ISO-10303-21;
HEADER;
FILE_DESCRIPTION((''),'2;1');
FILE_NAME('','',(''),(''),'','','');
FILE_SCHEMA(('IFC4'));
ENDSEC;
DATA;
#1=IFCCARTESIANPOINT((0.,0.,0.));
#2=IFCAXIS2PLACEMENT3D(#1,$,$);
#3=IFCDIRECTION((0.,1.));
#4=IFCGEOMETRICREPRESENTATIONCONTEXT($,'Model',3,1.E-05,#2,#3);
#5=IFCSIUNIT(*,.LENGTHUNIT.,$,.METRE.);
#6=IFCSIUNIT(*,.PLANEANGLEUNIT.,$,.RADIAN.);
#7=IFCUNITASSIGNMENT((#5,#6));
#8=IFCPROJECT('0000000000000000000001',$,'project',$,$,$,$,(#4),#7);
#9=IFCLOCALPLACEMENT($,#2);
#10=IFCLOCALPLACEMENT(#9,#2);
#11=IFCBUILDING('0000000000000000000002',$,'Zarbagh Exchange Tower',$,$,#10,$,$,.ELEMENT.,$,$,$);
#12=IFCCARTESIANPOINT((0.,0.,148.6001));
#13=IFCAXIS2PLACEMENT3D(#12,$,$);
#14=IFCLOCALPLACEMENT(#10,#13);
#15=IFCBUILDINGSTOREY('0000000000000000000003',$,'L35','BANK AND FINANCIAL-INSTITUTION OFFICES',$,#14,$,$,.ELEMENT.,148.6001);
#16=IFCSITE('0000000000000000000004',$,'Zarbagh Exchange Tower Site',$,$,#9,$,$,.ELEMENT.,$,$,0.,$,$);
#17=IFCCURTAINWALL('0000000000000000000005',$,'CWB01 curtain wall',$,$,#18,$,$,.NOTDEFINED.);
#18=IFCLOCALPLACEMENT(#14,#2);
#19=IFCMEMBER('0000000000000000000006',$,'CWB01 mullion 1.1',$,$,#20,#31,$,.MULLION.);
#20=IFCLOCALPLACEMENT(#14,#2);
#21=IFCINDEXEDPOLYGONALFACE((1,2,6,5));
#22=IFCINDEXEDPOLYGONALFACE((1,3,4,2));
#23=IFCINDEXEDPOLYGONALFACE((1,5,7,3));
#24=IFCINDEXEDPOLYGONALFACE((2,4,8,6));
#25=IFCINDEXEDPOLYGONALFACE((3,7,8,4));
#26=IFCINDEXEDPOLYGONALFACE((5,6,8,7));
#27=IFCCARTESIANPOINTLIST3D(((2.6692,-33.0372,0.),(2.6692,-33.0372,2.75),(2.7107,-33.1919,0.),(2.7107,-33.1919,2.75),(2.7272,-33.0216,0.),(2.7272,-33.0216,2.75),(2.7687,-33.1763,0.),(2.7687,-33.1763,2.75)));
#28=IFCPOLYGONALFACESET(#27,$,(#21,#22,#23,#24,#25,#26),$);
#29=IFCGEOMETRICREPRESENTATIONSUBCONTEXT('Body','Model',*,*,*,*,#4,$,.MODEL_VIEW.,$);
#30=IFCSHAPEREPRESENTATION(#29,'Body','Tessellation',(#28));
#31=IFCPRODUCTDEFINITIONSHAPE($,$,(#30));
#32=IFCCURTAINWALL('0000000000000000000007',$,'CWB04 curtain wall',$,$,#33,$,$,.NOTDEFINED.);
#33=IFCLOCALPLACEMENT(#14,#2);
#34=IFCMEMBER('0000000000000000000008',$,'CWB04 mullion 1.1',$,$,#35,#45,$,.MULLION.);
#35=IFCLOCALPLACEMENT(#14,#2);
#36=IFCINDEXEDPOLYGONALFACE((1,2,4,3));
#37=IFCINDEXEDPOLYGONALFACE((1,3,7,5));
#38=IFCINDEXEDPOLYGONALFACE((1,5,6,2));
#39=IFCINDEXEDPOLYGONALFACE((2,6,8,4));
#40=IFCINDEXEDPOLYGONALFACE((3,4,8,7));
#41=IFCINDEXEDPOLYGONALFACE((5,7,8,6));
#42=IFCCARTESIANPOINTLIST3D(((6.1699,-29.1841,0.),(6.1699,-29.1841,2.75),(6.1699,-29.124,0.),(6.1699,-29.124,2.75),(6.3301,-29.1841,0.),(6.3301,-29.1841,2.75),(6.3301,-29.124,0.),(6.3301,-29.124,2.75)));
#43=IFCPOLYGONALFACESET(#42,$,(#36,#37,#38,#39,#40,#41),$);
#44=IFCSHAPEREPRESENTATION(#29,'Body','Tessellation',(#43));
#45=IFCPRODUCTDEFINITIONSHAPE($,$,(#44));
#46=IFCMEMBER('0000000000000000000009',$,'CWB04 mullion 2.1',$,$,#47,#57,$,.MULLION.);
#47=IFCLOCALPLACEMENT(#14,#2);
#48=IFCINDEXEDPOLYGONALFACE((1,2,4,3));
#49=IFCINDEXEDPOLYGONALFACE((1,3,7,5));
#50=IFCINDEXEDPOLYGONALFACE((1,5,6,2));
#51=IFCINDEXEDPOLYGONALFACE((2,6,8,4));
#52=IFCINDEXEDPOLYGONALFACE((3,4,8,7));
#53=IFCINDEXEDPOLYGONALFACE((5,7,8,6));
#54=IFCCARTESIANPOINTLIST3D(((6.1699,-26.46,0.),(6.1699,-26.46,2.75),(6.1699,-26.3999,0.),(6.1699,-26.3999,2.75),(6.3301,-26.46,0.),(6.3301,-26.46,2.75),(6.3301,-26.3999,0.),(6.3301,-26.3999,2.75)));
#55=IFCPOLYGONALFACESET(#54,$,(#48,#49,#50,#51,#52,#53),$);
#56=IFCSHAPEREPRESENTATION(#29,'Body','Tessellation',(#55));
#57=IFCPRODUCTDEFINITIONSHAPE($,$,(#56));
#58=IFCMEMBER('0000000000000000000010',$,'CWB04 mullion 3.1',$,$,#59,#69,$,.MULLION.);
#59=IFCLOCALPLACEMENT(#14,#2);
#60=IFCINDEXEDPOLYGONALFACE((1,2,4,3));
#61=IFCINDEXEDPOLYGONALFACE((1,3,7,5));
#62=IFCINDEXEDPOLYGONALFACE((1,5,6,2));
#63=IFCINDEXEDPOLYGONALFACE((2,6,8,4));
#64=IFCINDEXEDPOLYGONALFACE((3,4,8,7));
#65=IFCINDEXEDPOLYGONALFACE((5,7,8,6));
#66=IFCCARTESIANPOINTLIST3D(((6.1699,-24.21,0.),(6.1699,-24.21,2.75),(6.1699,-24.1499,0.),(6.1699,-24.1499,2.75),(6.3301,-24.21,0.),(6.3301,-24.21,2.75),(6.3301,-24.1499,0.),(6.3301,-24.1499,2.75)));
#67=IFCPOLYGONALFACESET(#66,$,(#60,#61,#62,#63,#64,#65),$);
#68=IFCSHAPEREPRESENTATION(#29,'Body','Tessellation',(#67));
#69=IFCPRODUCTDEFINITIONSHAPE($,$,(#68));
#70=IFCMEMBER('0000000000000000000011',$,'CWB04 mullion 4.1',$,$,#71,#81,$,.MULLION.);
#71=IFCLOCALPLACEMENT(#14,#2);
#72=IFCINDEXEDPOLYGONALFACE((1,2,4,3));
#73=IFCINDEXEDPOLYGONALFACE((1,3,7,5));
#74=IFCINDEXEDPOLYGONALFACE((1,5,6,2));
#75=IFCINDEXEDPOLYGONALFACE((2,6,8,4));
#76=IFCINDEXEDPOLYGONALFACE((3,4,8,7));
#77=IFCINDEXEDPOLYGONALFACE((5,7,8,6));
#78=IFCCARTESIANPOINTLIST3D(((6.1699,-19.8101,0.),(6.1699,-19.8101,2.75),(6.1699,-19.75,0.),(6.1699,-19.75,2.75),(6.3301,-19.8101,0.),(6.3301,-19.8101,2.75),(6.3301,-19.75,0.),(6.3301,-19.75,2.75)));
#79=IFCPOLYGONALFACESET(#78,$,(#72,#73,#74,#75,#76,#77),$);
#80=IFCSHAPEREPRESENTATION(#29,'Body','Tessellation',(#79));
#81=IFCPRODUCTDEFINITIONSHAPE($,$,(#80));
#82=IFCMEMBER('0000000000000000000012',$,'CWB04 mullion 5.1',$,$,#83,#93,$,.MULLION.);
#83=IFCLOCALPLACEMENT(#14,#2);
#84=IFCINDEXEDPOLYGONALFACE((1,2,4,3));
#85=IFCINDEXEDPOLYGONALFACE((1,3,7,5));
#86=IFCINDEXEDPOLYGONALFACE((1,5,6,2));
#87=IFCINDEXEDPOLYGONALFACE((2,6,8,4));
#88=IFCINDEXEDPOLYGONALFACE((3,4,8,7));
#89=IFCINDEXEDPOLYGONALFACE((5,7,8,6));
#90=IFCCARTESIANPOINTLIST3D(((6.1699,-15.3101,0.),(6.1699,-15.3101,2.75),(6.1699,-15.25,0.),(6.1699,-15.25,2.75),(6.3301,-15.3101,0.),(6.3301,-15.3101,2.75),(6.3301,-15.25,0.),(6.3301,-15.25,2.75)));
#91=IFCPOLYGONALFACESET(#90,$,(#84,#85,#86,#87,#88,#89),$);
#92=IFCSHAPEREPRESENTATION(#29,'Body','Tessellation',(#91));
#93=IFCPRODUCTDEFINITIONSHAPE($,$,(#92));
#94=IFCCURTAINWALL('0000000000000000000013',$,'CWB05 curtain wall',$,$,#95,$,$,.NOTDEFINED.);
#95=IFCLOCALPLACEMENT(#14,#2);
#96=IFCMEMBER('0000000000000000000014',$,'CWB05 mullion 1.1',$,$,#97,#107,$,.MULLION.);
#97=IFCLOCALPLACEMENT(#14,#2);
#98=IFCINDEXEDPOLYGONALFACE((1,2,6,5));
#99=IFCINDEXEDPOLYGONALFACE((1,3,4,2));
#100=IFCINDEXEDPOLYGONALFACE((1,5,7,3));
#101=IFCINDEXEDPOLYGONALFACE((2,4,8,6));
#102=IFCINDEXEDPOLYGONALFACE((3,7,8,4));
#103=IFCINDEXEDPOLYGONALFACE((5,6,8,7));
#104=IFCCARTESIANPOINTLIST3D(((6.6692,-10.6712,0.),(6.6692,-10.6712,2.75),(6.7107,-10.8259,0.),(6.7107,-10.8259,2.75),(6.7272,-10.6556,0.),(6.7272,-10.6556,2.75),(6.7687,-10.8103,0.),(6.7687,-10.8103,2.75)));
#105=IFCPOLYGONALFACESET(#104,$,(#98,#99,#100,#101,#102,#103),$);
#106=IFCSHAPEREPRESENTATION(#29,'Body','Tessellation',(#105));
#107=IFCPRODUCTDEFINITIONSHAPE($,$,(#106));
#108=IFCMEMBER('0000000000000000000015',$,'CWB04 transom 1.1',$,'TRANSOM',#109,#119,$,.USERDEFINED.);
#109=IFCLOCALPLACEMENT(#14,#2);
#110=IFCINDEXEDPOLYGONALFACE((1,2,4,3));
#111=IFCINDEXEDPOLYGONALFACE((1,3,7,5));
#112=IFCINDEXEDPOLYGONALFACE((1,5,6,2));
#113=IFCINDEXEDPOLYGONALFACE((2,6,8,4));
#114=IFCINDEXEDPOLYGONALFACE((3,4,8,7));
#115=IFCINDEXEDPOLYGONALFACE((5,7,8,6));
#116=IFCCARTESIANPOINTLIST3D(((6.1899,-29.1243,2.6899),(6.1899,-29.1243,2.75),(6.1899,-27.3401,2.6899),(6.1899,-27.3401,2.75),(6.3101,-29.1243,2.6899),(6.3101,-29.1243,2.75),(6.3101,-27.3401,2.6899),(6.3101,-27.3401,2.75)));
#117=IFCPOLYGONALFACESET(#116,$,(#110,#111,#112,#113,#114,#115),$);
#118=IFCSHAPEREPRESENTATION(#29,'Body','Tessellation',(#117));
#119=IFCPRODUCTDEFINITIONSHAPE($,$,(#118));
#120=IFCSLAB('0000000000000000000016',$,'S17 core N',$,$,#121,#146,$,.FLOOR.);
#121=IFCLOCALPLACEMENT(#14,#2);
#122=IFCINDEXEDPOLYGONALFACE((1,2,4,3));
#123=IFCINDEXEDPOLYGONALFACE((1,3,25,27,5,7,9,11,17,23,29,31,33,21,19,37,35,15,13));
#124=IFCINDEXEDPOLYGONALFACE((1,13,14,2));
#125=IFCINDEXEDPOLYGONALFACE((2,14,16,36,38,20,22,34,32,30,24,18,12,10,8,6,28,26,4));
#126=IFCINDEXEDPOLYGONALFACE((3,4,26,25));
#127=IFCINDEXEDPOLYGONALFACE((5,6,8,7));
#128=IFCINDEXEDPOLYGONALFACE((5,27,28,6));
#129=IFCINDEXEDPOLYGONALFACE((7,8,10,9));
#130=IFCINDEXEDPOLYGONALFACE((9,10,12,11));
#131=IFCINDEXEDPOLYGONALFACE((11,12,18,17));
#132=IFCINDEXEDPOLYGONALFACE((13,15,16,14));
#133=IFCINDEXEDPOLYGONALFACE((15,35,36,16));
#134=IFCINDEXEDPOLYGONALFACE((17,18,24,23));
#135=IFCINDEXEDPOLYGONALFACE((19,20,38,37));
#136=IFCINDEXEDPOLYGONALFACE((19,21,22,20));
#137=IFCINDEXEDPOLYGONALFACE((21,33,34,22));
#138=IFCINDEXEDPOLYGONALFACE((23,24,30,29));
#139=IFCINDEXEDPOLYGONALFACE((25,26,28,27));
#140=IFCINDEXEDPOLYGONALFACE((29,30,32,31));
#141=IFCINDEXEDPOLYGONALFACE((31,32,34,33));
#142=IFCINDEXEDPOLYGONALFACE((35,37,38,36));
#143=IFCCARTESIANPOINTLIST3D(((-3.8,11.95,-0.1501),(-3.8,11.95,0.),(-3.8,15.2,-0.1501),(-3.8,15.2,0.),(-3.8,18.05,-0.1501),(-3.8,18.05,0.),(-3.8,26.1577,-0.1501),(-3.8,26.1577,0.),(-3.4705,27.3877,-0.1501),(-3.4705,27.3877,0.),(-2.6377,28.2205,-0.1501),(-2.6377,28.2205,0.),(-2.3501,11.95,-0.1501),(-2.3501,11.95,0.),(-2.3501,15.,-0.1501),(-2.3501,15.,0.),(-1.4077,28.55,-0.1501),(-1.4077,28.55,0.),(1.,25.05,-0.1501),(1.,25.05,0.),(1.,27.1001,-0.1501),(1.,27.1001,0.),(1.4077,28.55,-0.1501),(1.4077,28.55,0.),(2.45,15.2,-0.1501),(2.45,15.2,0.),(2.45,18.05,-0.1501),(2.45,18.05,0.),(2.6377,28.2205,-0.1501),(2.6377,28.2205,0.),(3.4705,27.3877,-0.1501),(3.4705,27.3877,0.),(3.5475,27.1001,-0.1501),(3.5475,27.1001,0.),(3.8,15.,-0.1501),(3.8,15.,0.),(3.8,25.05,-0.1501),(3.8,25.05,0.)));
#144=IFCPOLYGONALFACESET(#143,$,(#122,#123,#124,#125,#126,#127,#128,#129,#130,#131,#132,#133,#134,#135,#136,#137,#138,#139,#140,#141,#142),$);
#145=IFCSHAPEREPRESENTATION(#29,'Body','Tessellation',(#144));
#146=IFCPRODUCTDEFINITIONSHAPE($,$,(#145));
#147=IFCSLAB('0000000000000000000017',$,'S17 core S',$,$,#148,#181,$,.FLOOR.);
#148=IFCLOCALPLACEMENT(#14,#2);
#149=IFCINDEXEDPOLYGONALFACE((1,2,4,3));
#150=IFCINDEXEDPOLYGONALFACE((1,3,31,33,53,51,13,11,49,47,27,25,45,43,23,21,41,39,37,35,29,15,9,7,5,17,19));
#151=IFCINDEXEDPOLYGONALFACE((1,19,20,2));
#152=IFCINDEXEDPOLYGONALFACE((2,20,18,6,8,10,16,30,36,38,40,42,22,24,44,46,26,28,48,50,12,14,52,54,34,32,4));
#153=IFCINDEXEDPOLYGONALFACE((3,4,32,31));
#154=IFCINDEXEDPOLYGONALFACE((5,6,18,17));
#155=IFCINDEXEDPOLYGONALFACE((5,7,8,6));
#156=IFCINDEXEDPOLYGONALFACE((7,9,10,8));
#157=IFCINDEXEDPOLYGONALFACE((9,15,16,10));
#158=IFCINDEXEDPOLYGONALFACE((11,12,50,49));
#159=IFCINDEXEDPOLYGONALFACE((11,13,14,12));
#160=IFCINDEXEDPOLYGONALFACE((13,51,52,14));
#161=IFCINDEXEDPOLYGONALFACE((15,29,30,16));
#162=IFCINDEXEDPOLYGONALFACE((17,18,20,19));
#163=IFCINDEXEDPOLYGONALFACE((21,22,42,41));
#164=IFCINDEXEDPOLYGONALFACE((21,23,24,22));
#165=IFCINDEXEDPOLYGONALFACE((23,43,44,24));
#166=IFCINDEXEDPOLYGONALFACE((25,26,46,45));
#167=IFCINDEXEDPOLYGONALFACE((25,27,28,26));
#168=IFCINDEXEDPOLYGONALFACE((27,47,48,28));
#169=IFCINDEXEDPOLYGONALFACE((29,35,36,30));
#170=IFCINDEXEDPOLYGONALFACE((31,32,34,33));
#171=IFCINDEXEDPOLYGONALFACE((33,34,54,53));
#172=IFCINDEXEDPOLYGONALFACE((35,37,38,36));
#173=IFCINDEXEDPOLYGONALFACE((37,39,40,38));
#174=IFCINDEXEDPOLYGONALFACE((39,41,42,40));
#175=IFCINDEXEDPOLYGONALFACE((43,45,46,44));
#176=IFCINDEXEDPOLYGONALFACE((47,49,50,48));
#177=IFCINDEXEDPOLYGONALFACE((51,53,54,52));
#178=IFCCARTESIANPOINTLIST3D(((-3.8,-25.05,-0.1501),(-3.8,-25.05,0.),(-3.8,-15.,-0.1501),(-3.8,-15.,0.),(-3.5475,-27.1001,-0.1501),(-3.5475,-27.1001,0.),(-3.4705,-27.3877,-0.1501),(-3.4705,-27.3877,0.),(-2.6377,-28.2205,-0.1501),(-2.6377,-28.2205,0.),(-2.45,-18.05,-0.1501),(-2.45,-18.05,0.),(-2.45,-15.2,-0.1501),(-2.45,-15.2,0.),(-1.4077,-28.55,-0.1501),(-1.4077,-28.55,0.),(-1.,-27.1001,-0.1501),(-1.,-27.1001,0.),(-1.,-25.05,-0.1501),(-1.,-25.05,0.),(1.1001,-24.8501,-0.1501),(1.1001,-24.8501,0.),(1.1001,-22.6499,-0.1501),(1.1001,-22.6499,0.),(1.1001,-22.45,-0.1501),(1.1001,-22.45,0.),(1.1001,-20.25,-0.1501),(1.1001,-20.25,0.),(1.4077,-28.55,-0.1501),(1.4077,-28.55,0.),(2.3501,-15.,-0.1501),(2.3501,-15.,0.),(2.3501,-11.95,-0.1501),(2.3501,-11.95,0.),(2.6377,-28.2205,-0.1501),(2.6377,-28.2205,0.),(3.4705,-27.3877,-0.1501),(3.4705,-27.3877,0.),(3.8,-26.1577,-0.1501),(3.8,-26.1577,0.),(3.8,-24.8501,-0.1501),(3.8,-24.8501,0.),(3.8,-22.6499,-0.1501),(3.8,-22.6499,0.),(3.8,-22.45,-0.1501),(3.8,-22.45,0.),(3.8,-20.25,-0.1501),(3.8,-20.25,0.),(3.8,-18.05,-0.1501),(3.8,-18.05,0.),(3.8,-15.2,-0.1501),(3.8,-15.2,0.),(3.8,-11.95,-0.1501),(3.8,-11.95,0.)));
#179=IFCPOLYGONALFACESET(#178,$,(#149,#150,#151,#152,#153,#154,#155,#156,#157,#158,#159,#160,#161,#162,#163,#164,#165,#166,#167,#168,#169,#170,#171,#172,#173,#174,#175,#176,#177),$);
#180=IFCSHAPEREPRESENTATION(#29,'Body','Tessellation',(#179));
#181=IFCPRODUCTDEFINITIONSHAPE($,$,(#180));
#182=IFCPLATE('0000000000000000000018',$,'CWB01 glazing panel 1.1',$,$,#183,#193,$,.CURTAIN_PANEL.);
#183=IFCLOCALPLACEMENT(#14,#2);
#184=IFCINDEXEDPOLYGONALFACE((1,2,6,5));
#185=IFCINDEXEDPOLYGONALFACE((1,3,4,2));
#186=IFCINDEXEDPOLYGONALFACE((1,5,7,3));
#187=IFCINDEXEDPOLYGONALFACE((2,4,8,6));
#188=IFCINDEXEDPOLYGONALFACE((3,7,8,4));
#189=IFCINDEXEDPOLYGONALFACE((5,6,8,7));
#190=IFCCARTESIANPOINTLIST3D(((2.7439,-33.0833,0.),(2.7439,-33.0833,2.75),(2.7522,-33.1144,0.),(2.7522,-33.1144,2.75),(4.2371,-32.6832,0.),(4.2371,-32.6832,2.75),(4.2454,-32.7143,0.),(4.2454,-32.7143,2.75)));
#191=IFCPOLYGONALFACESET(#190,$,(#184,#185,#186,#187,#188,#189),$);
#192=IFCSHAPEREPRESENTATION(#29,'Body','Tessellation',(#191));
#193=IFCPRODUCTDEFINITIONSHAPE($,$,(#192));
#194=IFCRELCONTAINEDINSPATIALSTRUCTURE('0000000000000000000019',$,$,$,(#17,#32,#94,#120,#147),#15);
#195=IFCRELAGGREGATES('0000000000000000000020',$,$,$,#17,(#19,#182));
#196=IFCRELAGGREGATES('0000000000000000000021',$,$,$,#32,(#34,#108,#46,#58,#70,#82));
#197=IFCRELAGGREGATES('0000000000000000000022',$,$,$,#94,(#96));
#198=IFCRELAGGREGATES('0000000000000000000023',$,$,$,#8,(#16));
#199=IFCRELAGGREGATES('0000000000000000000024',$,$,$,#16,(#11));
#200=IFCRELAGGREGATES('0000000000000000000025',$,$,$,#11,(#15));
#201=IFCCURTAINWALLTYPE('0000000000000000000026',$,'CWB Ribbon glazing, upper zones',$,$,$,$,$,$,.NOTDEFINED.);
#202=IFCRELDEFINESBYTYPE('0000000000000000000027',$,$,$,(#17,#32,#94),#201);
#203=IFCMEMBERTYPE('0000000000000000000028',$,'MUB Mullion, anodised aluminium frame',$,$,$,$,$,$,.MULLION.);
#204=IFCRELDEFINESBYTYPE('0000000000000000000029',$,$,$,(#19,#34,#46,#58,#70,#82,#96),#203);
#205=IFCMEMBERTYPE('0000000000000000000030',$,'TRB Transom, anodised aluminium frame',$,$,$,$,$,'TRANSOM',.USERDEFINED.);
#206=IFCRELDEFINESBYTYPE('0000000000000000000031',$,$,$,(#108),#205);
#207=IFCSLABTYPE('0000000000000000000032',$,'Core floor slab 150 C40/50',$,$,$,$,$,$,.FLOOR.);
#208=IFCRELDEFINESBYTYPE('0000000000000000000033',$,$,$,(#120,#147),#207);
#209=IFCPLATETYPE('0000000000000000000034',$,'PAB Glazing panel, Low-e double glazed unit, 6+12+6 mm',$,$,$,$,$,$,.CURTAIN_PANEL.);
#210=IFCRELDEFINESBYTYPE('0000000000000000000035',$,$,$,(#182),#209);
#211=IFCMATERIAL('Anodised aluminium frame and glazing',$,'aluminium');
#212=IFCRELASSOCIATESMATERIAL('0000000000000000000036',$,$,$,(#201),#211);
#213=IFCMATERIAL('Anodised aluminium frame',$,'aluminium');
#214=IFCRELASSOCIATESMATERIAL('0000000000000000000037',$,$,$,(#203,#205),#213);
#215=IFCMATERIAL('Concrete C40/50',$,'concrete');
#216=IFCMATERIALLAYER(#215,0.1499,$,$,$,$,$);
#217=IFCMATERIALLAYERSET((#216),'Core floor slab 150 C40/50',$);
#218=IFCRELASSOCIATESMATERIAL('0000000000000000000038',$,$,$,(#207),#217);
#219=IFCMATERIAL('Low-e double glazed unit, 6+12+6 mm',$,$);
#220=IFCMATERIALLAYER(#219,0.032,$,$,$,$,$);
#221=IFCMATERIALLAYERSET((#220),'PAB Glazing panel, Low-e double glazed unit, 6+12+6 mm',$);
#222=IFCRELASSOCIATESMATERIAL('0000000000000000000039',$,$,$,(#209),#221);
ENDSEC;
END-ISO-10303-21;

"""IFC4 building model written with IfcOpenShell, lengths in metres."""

from ifc_helpers import new_model, si_unit, direction, frame, origin, place, context, subcontext, project, spatial, polyline, outline, extrude, source, transform, mapped, material, layer, layer_set, type_object, element, aggregate, save


model = new_model("IFC4")

# Units and contexts
model_context = context("Model", 3, precision=1e-05, world=origin(), true_north=direction((0.0, 1.0)))
body_context = subcontext(model_context, "Body", "Model", "MODEL_VIEW")
ifc_project = project(units=[si_unit("LENGTHUNIT", "METRE"), si_unit("PLANEANGLEUNIT", "RADIAN")], contexts=[model_context])

# Site, building, storey
site_placement = place(None, origin())
site = spatial("IfcSite", under=ifc_project, at=site_placement, Name="Zarbagh Exchange Tower Site", CompositionType="ELEMENT", RefElevation=0.0)
building_placement = place(site_placement, origin())
building = spatial("IfcBuilding", under=site, at=building_placement, Name="Zarbagh Exchange Tower", CompositionType="ELEMENT")
storey_placement = place(building_placement, frame((0.0, 0.0, 148.6001)))
storey = spatial("IfcBuildingStorey", under=building, at=storey_placement, Name="L35", Description="BANK AND FINANCIAL-INSTITUTION OFFICES", CompositionType="ELEMENT", Elevation=148.6001)

# Curtain wall, member
ifc_material_1 = material(Name="Anodised aluminium frame and glazing", Category="aluminium")
curtain_wall_type = type_object("IfcCurtainWallType", Name="CWB Ribbon glazing, upper zones", PredefinedType="NOTDEFINED", material=ifc_material_1)
curtain_wall_1_placement = place(storey_placement, origin())
curtain_wall_1 = element("IfcCurtainWall", 1, at=curtain_wall_1_placement, inside=storey, type_object=curtain_wall_type, Name="CWB01 curtain wall", PredefinedType="NOTDEFINED")
ifc_material_2 = material(Name="Anodised aluminium frame", Category="aluminium")
member_type_1 = type_object("IfcMemberType", Name="MUB Mullion, anodised aluminium frame", PredefinedType="MULLION", material=ifc_material_2)
shared_shape_1 = source(origin(), body_context, "Body", "SweptSolid", [
    extrude(outline(polyline([(0.0, -0.0801), (0.0601, -0.0801), (0.0601, 0.0801), (0.0, 0.0801), (0.0, -0.0801)])), origin(), (0.0, 0.0, 1.0), 2.75),
])
placement = place(storey_placement, origin())
member_1 = element("IfcMember", 2, at=placement, type_object=member_type_1, Name="CWB01 mullion 1.1", PredefinedType="MULLION", context=body_context, shape_type="MappedRepresentation", body=[
    mapped(shared_shape_1, transform((2.6899, -33.1145, 0.0), x_axis=(0.965924, 0.258825, 0.0), y_axis=(-0.258825, 0.965924, 0.0), z_axis=(0.0, 0.0, 1.0))),
])

# Curtain wall, members
curtain_wall_2_placement = place(storey_placement, origin())
curtain_wall_2 = element("IfcCurtainWall", 3, at=curtain_wall_2_placement, inside=storey, type_object=curtain_wall_type, Name="CWB04 curtain wall", PredefinedType="NOTDEFINED")
member_2 = element("IfcMember", 4, at=placement, type_object=member_type_1, Name="CWB04 mullion 1.1", PredefinedType="MULLION", context=body_context, shape_type="MappedRepresentation", body=[
    mapped(shared_shape_1, transform((6.25, -29.1841, 0.0), x_axis=(0.0, 1.0, 0.0), y_axis=(-1.0, 0.0, 0.0), z_axis=(0.0, 0.0, 1.0))),
])
member_3 = element("IfcMember", 5, at=placement, type_object=member_type_1, Name="CWB04 mullion 2.1", PredefinedType="MULLION", context=body_context, shape_type="MappedRepresentation", body=[
    mapped(shared_shape_1, transform((6.25, -26.46, 0.0), x_axis=(0.0, 1.0, 0.0), y_axis=(-1.0, 0.0, 0.0), z_axis=(0.0, 0.0, 1.0))),
])
member_4 = element("IfcMember", 6, at=placement, type_object=member_type_1, Name="CWB04 mullion 3.1", PredefinedType="MULLION", context=body_context, shape_type="MappedRepresentation", body=[
    mapped(shared_shape_1, transform((6.25, -24.21, 0.0), x_axis=(0.0, 1.0, 0.0), y_axis=(-1.0, 0.0, 0.0), z_axis=(0.0, 0.0, 1.0))),
])
member_5 = element("IfcMember", 7, at=placement, type_object=member_type_1, Name="CWB04 mullion 4.1", PredefinedType="MULLION", context=body_context, shape_type="MappedRepresentation", body=[
    mapped(shared_shape_1, transform((6.25, -19.8101, 0.0), x_axis=(0.0, 1.0, 0.0), y_axis=(-1.0, 0.0, 0.0), z_axis=(0.0, 0.0, 1.0))),
])
member_6 = element("IfcMember", 8, at=placement, type_object=member_type_1, Name="CWB04 mullion 5.1", PredefinedType="MULLION", context=body_context, shape_type="MappedRepresentation", body=[
    mapped(shared_shape_1, transform((6.25, -15.3101, 0.0), x_axis=(0.0, 1.0, 0.0), y_axis=(-1.0, 0.0, 0.0), z_axis=(0.0, 0.0, 1.0))),
])

# Curtain wall, member
curtain_wall_3_placement = place(storey_placement, origin())
curtain_wall_3 = element("IfcCurtainWall", 9, at=curtain_wall_3_placement, inside=storey, type_object=curtain_wall_type, Name="CWB05 curtain wall", PredefinedType="NOTDEFINED")
member_7 = element("IfcMember", 10, at=placement, type_object=member_type_1, Name="CWB05 mullion 1.1", PredefinedType="MULLION", context=body_context, shape_type="MappedRepresentation", body=[
    mapped(shared_shape_1, transform((6.6899, -10.7485, 0.0), x_axis=(0.965924, 0.258825, 0.0), y_axis=(-0.258825, 0.965924, 0.0), z_axis=(0.0, 0.0, 1.0))),
])

# Member
member_type_2 = type_object("IfcMemberType", Name="TRB Transom, anodised aluminium frame", ElementType="TRANSOM", PredefinedType="USERDEFINED", material=ifc_material_2)
shared_shape_2 = source(origin(), body_context, "Body", "SweptSolid", [
    extrude(outline(polyline([(-0.0601, -0.0601), (0.0, -0.0601), (0.0, 0.0601), (-0.0601, 0.0601), (-0.0601, -0.0601)])), origin(), (0.0, 0.0, 1.0), 1.7842),
])
member_8 = element("IfcMember", 11, at=placement, type_object=member_type_2, Name="CWB04 transom 1.1", ObjectType="TRANSOM", PredefinedType="USERDEFINED", context=body_context, shape_type="MappedRepresentation", body=[
    mapped(shared_shape_2, transform((6.25, -29.1243, 2.75), x_axis=(0.0, 0.0, 1.0), y_axis=(1.0, 0.0, 0.0), z_axis=(0.0, 1.0, 0.0))),
])

# Slabs
ifc_material_3 = material(Name="Concrete C40/50", Category="concrete")
ifc_layer_1 = layer(ifc_material_3, 0.1499)
ifc_layer_set_1 = layer_set([ifc_layer_1], Name="Core floor slab 150 C40/50")
slab_type = type_object("IfcSlabType", Name="Core floor slab 150 C40/50", PredefinedType="FLOOR", material=ifc_layer_set_1)
slab_1_placement = place(storey_placement, frame((0.0, 0.0, -0.1501)))
element("IfcSlab", 12, at=slab_1_placement, inside=storey, type_object=slab_type, Name="S17 core N", PredefinedType="FLOOR", context=body_context, shape_type="SweptSolid", body=[
    extrude(outline(polyline([(-3.8, 11.95), (-3.8, 15.2), (2.45, 15.2), (2.45, 18.05), (-3.8, 18.05), (-3.8, 26.1577), (-3.4705, 27.3877), (-2.6377, 28.2205), (-1.4077, 28.55), (1.4077, 28.55), (2.6377, 28.2205), (3.4705, 27.3877), (3.8, 26.1577), (3.8, 26.1577), (3.5476, 27.1001), (1.0, 27.1001), (1.0, 25.05), (3.8, 25.05), (3.8, 15.0), (-2.3501, 15.0), (-2.3501, 11.95), (-3.8, 11.95)])), origin(), (0.0, 0.0, 1.0), 0.1501),
])
slab_2_placement = place(storey_placement, frame((0.0, 0.0, -0.1501)))
element("IfcSlab", 13, at=slab_2_placement, inside=storey, type_object=slab_type, Name="S17 core S", PredefinedType="FLOOR", context=body_context, shape_type="SweptSolid", body=[
    extrude(outline(polyline([(-2.6377, -28.2205), (-3.4705, -27.3877), (-3.8, -26.1577), (-3.8, -26.1577), (-3.5476, -27.1001), (-1.0, -27.1001), (-1.0, -25.05), (-3.8, -25.05), (-3.8, -15.0), (2.3501, -15.0), (2.3501, -11.95), (3.8, -11.95), (3.8, -15.2), (-2.45, -15.2), (-2.45, -18.05), (3.8, -18.05), (3.8, -20.25), (1.1001, -20.25), (1.1001, -22.45), (3.8, -22.45), (3.8, -22.6499), (1.1001, -22.6499), (1.1001, -24.8501), (3.8, -24.8501), (3.8, -26.1577), (3.4705, -27.3877), (2.6377, -28.2205), (1.4077, -28.55), (-1.4077, -28.55), (-2.6377, -28.2205)])), origin(), (0.0, 0.0, 1.0), 0.1501),
])

# Plate
ifc_material_4 = material(Name="Low-e double glazed unit, 6+12+6 mm")
ifc_layer_2 = layer(ifc_material_4, 0.032)
ifc_layer_set_2 = layer_set([ifc_layer_2], Name="PAB Glazing panel, Low-e double glazed unit, 6+12+6 mm")
plate_type = type_object("IfcPlateType", Name="PAB Glazing panel, Low-e double glazed unit, 6+12+6 mm", PredefinedType="CURTAIN_PANEL", material=ifc_layer_set_2)
shared_shape_3 = source(origin(), body_context, "Body", "SweptSolid", [
    extrude(outline(polyline([(0.0, -0.0161), (1.5459, -0.0161), (1.5459, 0.0161), (0.0, 0.0161), (0.0, -0.0161)])), origin(), (0.0, 0.0, 1.0), 2.75),
])
plate_1 = element("IfcPlate", 14, at=placement, type_object=plate_type, Name="CWB01 glazing panel 1.1", PredefinedType="CURTAIN_PANEL", context=body_context, shape_type="MappedRepresentation", body=[
    mapped(shared_shape_3, transform((2.748, -33.0989, 0.0), x_axis=(0.965924, 0.258825, 0.0), y_axis=(-0.258825, 0.965924, 0.0), z_axis=(0.0, 0.0, 1.0))),
])
aggregate(curtain_wall_1, [member_1, plate_1])

aggregate(curtain_wall_2, [member_2, member_8, member_3, member_4, member_5, member_6])
aggregate(curtain_wall_3, [member_7])

save(model, "model.ifc")
